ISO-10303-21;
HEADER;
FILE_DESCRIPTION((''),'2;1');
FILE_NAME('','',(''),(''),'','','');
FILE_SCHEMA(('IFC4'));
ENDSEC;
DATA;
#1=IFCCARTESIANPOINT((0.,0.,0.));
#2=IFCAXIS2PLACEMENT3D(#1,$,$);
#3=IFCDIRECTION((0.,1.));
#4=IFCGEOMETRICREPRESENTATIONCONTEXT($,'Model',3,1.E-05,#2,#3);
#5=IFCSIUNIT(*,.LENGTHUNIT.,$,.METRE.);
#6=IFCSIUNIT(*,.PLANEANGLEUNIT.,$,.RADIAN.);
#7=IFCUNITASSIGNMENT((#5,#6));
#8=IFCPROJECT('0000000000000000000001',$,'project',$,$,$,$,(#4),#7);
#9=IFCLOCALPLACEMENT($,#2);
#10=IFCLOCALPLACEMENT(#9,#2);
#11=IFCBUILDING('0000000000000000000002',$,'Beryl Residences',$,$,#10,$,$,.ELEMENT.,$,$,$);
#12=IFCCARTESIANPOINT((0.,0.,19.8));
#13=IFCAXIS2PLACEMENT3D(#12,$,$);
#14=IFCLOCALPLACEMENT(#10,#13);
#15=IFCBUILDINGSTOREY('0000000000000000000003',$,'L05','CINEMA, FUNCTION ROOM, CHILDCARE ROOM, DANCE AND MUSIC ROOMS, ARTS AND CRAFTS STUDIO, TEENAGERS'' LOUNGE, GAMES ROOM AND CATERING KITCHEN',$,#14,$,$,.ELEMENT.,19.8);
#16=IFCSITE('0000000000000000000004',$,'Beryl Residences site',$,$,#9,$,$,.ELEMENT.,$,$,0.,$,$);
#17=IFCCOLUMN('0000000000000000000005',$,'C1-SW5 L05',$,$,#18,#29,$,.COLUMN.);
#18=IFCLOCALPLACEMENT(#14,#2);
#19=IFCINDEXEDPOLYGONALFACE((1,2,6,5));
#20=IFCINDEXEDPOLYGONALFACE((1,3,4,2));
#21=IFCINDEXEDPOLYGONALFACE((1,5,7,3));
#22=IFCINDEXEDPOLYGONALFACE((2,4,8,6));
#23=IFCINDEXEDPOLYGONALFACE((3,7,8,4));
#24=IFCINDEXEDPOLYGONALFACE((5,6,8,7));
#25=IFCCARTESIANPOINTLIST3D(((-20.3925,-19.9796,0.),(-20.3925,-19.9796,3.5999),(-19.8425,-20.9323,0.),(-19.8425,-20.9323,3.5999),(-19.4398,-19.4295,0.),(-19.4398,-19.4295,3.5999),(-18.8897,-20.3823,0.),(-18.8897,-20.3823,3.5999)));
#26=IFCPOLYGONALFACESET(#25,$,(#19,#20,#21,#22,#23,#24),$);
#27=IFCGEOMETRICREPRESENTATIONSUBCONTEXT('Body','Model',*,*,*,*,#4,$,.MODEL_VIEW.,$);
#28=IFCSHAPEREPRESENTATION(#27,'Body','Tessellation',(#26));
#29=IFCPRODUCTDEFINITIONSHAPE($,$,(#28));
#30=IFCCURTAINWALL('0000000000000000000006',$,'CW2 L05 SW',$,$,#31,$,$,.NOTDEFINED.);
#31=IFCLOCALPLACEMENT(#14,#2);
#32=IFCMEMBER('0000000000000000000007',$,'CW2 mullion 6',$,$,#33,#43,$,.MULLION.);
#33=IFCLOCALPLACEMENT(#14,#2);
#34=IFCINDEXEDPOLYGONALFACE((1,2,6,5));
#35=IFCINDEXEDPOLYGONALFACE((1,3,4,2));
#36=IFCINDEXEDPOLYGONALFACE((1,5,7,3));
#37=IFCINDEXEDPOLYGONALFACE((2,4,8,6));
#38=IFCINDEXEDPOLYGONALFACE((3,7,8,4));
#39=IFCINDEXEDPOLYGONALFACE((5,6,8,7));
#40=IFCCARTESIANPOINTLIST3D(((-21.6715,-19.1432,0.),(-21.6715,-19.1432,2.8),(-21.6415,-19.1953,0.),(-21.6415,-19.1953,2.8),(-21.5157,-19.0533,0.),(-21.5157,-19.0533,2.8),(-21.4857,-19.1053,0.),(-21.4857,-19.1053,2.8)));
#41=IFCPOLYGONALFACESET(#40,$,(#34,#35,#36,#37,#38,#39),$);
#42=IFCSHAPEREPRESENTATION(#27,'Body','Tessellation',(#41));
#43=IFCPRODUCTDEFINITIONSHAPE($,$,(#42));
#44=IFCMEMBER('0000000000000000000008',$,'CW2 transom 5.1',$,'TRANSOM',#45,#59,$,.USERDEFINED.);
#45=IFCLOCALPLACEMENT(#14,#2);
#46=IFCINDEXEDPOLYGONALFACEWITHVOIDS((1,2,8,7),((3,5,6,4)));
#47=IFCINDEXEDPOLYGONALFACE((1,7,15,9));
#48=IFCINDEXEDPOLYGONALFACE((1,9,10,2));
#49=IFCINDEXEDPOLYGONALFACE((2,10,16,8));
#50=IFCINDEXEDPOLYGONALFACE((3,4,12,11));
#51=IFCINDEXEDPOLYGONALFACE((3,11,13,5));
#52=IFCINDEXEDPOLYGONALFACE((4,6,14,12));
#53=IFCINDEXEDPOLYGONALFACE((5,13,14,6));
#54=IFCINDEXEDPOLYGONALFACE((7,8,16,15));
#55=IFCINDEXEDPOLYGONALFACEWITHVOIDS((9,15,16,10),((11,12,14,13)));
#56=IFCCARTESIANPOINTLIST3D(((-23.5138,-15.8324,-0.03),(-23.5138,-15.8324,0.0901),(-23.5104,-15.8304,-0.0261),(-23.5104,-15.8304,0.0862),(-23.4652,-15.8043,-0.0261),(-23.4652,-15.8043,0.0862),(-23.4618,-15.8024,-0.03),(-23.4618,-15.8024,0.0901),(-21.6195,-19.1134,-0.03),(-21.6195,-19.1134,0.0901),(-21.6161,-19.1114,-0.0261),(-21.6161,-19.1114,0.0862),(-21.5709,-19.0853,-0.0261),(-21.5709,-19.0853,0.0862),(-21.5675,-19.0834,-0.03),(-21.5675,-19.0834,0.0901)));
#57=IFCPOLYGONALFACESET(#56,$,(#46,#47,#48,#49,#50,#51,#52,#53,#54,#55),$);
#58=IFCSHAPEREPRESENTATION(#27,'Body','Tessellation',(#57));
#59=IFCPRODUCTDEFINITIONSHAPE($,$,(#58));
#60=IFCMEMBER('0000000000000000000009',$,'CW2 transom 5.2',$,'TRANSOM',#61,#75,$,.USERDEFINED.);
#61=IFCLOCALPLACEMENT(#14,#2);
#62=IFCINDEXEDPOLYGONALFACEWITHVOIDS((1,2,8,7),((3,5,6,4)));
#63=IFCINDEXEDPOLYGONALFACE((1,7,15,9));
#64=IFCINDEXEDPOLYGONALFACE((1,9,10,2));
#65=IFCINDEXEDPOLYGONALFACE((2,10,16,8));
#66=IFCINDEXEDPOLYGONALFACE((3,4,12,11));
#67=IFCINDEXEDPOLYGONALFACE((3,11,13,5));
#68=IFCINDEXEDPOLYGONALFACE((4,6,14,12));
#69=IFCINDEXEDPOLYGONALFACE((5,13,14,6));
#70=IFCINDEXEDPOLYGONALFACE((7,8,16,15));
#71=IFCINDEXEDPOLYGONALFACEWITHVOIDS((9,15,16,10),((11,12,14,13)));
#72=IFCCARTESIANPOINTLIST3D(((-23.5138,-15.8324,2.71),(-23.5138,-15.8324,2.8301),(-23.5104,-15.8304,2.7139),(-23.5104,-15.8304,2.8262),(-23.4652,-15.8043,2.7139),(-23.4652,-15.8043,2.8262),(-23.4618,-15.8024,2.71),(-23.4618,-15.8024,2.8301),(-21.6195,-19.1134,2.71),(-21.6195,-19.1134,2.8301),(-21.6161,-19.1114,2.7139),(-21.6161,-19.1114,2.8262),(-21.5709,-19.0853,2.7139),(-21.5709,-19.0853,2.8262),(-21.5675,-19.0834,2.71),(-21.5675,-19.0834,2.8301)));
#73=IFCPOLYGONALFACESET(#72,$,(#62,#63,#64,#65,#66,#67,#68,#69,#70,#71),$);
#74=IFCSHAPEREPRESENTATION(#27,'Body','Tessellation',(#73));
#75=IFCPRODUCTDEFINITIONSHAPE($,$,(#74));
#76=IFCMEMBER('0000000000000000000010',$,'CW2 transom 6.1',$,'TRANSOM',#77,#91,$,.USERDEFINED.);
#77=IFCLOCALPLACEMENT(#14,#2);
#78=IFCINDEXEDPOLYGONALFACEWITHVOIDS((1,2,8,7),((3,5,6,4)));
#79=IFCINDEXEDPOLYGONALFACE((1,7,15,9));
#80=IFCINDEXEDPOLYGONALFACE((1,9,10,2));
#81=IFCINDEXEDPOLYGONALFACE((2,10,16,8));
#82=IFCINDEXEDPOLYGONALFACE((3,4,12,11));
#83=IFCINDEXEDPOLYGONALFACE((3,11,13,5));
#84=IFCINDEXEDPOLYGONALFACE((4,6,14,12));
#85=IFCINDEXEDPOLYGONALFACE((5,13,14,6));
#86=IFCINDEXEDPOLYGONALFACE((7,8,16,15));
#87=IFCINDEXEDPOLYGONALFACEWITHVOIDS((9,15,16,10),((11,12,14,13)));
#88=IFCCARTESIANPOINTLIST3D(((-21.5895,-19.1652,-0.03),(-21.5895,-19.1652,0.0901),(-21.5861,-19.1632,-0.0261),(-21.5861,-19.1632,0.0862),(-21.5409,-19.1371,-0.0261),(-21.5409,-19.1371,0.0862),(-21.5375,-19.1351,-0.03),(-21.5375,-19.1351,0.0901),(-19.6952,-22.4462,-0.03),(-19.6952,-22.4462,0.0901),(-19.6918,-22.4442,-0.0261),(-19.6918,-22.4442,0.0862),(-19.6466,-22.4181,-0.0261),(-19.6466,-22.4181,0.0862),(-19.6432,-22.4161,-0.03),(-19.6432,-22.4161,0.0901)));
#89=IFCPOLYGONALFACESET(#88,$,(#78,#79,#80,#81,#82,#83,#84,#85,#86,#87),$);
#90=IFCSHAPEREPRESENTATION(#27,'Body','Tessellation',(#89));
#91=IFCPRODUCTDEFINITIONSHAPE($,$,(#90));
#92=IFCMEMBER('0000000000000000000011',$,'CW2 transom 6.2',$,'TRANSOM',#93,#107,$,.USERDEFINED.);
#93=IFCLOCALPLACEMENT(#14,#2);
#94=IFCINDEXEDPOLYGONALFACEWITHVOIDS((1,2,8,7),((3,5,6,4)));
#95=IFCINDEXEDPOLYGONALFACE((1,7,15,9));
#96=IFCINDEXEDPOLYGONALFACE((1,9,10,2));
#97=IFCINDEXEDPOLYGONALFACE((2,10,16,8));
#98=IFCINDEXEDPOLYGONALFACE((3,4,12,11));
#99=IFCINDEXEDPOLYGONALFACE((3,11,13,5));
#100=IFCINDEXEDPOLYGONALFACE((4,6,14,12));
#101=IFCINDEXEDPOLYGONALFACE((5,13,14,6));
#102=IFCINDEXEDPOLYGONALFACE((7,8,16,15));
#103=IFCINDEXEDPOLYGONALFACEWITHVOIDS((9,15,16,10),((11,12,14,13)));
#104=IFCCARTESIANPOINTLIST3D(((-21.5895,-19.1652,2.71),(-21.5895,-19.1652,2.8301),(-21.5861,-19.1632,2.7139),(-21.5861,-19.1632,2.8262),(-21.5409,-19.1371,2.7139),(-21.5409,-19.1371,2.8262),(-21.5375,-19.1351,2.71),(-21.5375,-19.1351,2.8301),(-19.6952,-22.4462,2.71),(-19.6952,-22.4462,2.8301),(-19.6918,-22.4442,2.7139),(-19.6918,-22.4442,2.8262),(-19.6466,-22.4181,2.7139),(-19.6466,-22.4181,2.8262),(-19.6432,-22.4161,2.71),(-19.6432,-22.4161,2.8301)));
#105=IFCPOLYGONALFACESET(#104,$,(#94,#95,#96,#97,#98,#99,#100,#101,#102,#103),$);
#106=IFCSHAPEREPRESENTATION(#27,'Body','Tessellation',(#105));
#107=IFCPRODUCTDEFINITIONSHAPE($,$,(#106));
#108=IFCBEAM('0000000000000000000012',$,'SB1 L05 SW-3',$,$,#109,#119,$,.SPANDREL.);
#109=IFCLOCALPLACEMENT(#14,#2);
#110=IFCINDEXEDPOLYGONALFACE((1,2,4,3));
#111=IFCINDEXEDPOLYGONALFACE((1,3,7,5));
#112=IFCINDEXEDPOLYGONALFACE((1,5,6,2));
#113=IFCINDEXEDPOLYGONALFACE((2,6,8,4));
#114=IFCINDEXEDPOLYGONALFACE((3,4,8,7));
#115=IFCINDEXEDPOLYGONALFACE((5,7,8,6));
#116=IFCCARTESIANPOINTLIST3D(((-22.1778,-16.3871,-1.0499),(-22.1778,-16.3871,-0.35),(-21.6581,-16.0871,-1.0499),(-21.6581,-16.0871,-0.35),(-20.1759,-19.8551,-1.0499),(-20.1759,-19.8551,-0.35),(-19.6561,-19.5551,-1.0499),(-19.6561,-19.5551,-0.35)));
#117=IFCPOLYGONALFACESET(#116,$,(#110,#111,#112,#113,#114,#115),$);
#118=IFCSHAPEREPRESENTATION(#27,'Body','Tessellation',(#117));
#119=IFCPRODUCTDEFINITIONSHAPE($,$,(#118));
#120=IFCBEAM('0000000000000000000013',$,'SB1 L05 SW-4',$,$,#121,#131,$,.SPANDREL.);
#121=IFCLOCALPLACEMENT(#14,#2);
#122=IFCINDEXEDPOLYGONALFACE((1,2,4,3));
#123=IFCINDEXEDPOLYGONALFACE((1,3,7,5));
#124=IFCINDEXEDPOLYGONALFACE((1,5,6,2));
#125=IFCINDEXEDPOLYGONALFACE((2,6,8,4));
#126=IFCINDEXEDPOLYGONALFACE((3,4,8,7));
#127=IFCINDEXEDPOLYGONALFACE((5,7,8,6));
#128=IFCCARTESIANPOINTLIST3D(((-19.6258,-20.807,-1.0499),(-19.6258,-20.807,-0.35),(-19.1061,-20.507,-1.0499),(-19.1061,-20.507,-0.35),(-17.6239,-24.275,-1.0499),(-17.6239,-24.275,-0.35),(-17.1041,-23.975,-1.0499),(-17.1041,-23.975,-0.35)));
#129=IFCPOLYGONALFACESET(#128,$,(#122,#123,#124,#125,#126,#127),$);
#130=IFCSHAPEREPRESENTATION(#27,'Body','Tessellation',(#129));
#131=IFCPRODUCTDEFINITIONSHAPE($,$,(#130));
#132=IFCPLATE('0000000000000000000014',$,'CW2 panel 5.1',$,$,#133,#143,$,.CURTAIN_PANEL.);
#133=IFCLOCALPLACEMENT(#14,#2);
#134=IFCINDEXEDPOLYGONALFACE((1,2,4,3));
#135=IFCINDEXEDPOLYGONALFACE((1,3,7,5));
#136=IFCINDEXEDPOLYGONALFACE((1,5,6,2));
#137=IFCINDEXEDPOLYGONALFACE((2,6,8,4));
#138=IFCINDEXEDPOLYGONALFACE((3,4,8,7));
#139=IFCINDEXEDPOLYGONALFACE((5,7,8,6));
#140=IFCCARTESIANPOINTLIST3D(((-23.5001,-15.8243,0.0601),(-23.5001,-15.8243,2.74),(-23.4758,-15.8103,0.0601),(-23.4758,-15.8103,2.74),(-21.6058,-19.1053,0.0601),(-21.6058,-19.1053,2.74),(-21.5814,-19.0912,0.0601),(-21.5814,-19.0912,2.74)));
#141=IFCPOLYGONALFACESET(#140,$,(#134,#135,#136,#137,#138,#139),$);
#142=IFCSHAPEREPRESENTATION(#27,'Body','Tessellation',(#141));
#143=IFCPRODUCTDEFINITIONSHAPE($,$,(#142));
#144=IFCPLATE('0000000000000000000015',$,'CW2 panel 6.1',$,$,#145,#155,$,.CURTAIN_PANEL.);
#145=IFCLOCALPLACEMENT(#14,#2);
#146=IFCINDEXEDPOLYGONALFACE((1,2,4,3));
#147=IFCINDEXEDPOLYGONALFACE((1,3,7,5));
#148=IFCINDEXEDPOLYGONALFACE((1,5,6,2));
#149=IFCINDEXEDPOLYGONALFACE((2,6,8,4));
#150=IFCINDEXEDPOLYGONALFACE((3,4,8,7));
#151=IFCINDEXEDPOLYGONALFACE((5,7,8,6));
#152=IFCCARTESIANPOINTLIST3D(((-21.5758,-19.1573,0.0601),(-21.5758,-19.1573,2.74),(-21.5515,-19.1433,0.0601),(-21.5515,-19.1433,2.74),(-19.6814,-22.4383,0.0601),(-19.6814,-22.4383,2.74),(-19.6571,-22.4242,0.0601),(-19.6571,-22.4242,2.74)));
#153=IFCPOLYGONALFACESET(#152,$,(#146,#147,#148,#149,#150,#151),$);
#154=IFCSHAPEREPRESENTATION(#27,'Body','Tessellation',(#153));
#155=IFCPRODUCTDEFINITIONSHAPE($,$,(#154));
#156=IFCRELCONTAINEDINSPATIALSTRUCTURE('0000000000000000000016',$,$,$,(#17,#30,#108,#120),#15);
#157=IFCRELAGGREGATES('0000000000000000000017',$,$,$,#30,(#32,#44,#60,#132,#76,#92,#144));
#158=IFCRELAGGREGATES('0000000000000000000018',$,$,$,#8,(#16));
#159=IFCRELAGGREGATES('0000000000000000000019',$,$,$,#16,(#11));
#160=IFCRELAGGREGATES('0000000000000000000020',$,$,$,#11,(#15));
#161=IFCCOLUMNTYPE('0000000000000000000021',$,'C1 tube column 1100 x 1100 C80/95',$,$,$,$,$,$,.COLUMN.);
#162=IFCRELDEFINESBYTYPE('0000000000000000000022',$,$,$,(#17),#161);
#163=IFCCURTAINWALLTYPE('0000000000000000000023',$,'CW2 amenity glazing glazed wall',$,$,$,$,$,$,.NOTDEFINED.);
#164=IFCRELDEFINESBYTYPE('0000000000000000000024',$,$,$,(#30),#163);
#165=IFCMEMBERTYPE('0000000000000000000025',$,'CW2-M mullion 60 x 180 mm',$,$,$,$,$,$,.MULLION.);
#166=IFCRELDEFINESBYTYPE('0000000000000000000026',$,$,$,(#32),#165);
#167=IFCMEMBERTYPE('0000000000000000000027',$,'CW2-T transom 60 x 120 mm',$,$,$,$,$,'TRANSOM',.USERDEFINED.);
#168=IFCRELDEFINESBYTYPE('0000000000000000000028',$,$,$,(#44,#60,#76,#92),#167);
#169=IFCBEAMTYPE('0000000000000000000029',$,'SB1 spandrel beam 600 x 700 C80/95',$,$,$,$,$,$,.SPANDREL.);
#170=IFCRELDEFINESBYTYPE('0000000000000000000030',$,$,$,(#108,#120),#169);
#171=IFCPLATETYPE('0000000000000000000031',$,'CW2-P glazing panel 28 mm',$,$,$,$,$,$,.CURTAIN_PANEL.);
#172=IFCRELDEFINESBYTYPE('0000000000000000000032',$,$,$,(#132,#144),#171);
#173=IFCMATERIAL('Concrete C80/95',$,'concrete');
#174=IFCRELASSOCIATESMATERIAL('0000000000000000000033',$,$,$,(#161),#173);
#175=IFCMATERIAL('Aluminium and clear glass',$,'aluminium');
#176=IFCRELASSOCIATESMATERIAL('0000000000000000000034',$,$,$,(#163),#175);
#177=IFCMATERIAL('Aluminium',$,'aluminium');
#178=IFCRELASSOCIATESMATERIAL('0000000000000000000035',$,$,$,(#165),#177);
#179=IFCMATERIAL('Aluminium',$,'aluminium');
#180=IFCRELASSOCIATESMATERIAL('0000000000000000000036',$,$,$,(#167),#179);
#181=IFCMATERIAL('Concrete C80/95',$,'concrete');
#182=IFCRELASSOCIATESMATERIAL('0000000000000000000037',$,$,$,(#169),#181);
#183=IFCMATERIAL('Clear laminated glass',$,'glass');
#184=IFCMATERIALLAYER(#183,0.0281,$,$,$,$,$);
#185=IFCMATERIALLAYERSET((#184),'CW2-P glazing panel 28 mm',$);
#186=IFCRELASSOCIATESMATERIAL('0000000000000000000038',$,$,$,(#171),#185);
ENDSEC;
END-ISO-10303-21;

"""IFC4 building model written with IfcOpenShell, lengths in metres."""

from ifc_helpers import new_model, si_unit, direction, frame, origin, origin_2d, place, context, subcontext, project, spatial, rectangle, hollow_rectangle, extrude, material, layer, layer_set, material_profile, profile_set, type_object, element, aggregate, save


model = new_model("IFC4")

# Units and contexts
model_context = context("Model", 3, precision=1e-05, world=origin(), true_north=direction((0.0, 1.0)))
body_context = subcontext(model_context, "Body", "Model", "MODEL_VIEW")
ifc_project = project(units=[si_unit("LENGTHUNIT", "METRE"), si_unit("PLANEANGLEUNIT", "RADIAN")], contexts=[model_context])

# Site, building, storey
site_placement = place(None, origin())
site = spatial("IfcSite", under=ifc_project, at=site_placement, Name="Beryl Residences site", CompositionType="ELEMENT", RefElevation=0.0)
building_placement = place(site_placement, origin())
building = spatial("IfcBuilding", under=site, at=building_placement, Name="Beryl Residences", CompositionType="ELEMENT")
storey_placement = place(building_placement, frame((0.0, 0.0, 19.8)))
storey = spatial("IfcBuildingStorey", under=building, at=storey_placement, Name="L05", Description="CINEMA, FUNCTION ROOM, CHILDCARE ROOM, DANCE AND MUSIC ROOMS, ARTS AND CRAFTS STUDIO, TEENAGERS' LOUNGE, GAMES ROOM AND CATERING KITCHEN", CompositionType="ELEMENT", Elevation=19.8)

# Column
ifc_material_1 = material(Name="Concrete C80/95", Category="concrete")
ifc_material_profile_1 = material_profile(ifc_material_1, rectangle(XDim=1.1001, YDim=1.1001, at=origin_2d()))
ifc_profile_set_1 = profile_set([ifc_material_profile_1], Name="Concrete C80/95")
column_type = type_object("IfcColumnType", Name="C1 tube column 1100 x 1100 C80/95", PredefinedType="COLUMN", material=ifc_profile_set_1)
column_placement = place(storey_placement, frame((-19.6411, -20.1809, 0.0), z_axis=(0.0, 0.0, 1.0), x_axis=(0.499985, -0.866034, 0.0)))
element("IfcColumn", 1, at=column_placement, inside=storey, type_object=column_type, Name="C1-SW5 L05", PredefinedType="COLUMN", context=body_context, shape_type="SweptSolid", body=[
    extrude(rectangle(XDim=1.1001, YDim=1.1001, at=origin_2d()), origin(), (0.0, 0.0, 1.0), 3.5999),
])

# Curtain wall, members
ifc_material_2 = material(Name="Aluminium and clear glass", Category="aluminium")
curtain_wall_type = type_object("IfcCurtainWallType", Name="CW2 amenity glazing glazed wall", PredefinedType="NOTDEFINED", material=ifc_material_2)
curtain_wall_placement = place(storey_placement, origin())
curtain_wall = element("IfcCurtainWall", 2, at=curtain_wall_placement, inside=storey, type_object=curtain_wall_type, Name="CW2 L05 SW", PredefinedType="NOTDEFINED")
ifc_material_3 = material(Name="Aluminium", Category="aluminium")
ifc_material_profile_2 = material_profile(ifc_material_3, rectangle(XDim=0.0601, YDim=0.1799, at=origin_2d()))
ifc_profile_set_2 = profile_set([ifc_material_profile_2], Name="Aluminium")
member_type_1 = type_object("IfcMemberType", Name="CW2-M mullion 60 x 180 mm", PredefinedType="MULLION", material=ifc_profile_set_2)
member_1_placement = place(storey_placement, frame((-21.5786, -19.1243, 0.0), z_axis=(0.0, 0.0, 1.0), x_axis=(0.500012, -0.866019, 0.0)))
member_1 = element("IfcMember", 3, at=member_1_placement, type_object=member_type_1, Name="CW2 mullion 6", PredefinedType="MULLION", context=body_context, shape_type="SweptSolid", body=[
    extrude(rectangle(XDim=0.0601, YDim=0.1799, at=origin_2d()), origin(), (0.0, 0.0, 1.0), 2.8),
])
ifc_material_4 = material(Name="Aluminium", Category="aluminium")
ifc_material_profile_3 = material_profile(ifc_material_4, hollow_rectangle(XDim=0.0601, YDim=0.1201, WallThickness=0.0039, at=origin_2d()))
ifc_profile_set_3 = profile_set([ifc_material_profile_3], Name="Aluminium")
member_type_2 = type_object("IfcMemberType", Name="CW2-T transom 60 x 120 mm", ElementType="TRANSOM", PredefinedType="USERDEFINED", material=ifc_profile_set_3)
member_2_placement = place(storey_placement, frame((-23.4878, -15.8174, 0.03), z_axis=(0.5, -0.866026, 0.0), x_axis=(0.866026, 0.5, 0.0)))
member_2 = element("IfcMember", 4, at=member_2_placement, type_object=member_type_2, Name="CW2 transom 5.1", ObjectType="TRANSOM", PredefinedType="USERDEFINED", context=body_context, shape_type="SweptSolid", body=[
    extrude(hollow_rectangle(XDim=0.0601, YDim=0.1201, WallThickness=0.0039, at=origin_2d()), origin(), (0.0, 0.0, 1.0), 3.7886),
])
member_3_placement = place(storey_placement, frame((-23.4878, -15.8174, 2.77), z_axis=(0.5, -0.866026, 0.0), x_axis=(0.866026, 0.5, 0.0)))
member_3 = element("IfcMember", 5, at=member_3_placement, type_object=member_type_2, Name="CW2 transom 5.2", ObjectType="TRANSOM", PredefinedType="USERDEFINED", context=body_context, shape_type="SweptSolid", body=[
    extrude(hollow_rectangle(XDim=0.0601, YDim=0.1201, WallThickness=0.0039, at=origin_2d()), origin(), (0.0, 0.0, 1.0), 3.7886),
])
member_4_placement = place(storey_placement, frame((-21.5635, -19.1501, 0.03), z_axis=(0.5, -0.866026, 0.0), x_axis=(0.866026, 0.5, 0.0)))
member_4 = element("IfcMember", 6, at=member_4_placement, type_object=member_type_2, Name="CW2 transom 6.1", ObjectType="TRANSOM", PredefinedType="USERDEFINED", context=body_context, shape_type="SweptSolid", body=[
    extrude(hollow_rectangle(XDim=0.0601, YDim=0.1201, WallThickness=0.0039, at=origin_2d()), origin(), (0.0, 0.0, 1.0), 3.7886),
])
member_5_placement = place(storey_placement, frame((-21.5635, -19.1501, 2.77), z_axis=(0.5, -0.866026, 0.0), x_axis=(0.866026, 0.5, 0.0)))
member_5 = element("IfcMember", 7, at=member_5_placement, type_object=member_type_2, Name="CW2 transom 6.2", ObjectType="TRANSOM", PredefinedType="USERDEFINED", context=body_context, shape_type="SweptSolid", body=[
    extrude(hollow_rectangle(XDim=0.0601, YDim=0.1201, WallThickness=0.0039, at=origin_2d()), origin(), (0.0, 0.0, 1.0), 3.7886),
])

# Beams
ifc_material_5 = material(Name="Concrete C80/95", Category="concrete")
ifc_material_profile_4 = material_profile(ifc_material_5, rectangle(XDim=0.6001, YDim=0.7, at=origin_2d()))
ifc_profile_set_4 = profile_set([ifc_material_profile_4], Name="Concrete C80/95")
beam_type = type_object("IfcBeamType", Name="SB1 spandrel beam 600 x 700 C80/95", PredefinedType="SPANDREL", material=ifc_profile_set_4)
for number, where, z_axis, x_axis, name in (
    (8, (-21.918, -16.2371, -0.7), (0.499942, -0.866059, 0.0), (0.866059, 0.499942, 0.0), "SB1 L05 SW-3"),
    (9, (-19.366, -20.657, -0.7), (0.499942, -0.866059, 0.0), (0.866059, 0.499942, 0.0), "SB1 L05 SW-4"),
):
    element("IfcBeam", number, at=place(storey_placement, frame(where, z_axis=z_axis, x_axis=x_axis)), inside=storey, type_object=beam_type, Name=name, PredefinedType="SPANDREL", context=body_context, shape_type="SweptSolid", body=[
        extrude(rectangle(XDim=0.6001, YDim=0.7, at=origin_2d()), origin(), (0.0, 0.0, 1.0), 4.0044),
    ])

# Plates
ifc_material_6 = material(Name="Clear laminated glass", Category="glass")
ifc_layer_1 = layer(ifc_material_6, 0.0281)
ifc_layer_set_1 = layer_set([ifc_layer_1], Name="CW2-P glazing panel 28 mm")
plate_type = type_object("IfcPlateType", Name="CW2-P glazing panel 28 mm", PredefinedType="CURTAIN_PANEL", material=ifc_layer_set_1)
plate_1_placement = place(storey_placement, frame((-22.5408, -17.4578, 0.0601), z_axis=(0.0, 0.0, 1.0), x_axis=(0.500012, -0.866019, 0.0)))
plate_1 = element("IfcPlate", 10, at=plate_1_placement, type_object=plate_type, Name="CW2 panel 5.1", PredefinedType="CURTAIN_PANEL", context=body_context, shape_type="SweptSolid", body=[
    extrude(rectangle(XDim=3.7886, YDim=0.0281, at=origin_2d()), origin(), (0.0, 0.0, 1.0), 2.6799),
])
plate_2_placement = place(storey_placement, frame((-20.6165, -20.7908, 0.0601), z_axis=(0.0, 0.0, 1.0), x_axis=(0.500012, -0.866019, 0.0)))
plate_2 = element("IfcPlate", 11, at=plate_2_placement, type_object=plate_type, Name="CW2 panel 6.1", PredefinedType="CURTAIN_PANEL", context=body_context, shape_type="SweptSolid", body=[
    extrude(rectangle(XDim=3.7886, YDim=0.0281, at=origin_2d()), origin(), (0.0, 0.0, 1.0), 2.6799),
])
aggregate(curtain_wall, [member_1, member_2, member_3, plate_1, member_4, member_5, plate_2])

save(model, "model.ifc")
